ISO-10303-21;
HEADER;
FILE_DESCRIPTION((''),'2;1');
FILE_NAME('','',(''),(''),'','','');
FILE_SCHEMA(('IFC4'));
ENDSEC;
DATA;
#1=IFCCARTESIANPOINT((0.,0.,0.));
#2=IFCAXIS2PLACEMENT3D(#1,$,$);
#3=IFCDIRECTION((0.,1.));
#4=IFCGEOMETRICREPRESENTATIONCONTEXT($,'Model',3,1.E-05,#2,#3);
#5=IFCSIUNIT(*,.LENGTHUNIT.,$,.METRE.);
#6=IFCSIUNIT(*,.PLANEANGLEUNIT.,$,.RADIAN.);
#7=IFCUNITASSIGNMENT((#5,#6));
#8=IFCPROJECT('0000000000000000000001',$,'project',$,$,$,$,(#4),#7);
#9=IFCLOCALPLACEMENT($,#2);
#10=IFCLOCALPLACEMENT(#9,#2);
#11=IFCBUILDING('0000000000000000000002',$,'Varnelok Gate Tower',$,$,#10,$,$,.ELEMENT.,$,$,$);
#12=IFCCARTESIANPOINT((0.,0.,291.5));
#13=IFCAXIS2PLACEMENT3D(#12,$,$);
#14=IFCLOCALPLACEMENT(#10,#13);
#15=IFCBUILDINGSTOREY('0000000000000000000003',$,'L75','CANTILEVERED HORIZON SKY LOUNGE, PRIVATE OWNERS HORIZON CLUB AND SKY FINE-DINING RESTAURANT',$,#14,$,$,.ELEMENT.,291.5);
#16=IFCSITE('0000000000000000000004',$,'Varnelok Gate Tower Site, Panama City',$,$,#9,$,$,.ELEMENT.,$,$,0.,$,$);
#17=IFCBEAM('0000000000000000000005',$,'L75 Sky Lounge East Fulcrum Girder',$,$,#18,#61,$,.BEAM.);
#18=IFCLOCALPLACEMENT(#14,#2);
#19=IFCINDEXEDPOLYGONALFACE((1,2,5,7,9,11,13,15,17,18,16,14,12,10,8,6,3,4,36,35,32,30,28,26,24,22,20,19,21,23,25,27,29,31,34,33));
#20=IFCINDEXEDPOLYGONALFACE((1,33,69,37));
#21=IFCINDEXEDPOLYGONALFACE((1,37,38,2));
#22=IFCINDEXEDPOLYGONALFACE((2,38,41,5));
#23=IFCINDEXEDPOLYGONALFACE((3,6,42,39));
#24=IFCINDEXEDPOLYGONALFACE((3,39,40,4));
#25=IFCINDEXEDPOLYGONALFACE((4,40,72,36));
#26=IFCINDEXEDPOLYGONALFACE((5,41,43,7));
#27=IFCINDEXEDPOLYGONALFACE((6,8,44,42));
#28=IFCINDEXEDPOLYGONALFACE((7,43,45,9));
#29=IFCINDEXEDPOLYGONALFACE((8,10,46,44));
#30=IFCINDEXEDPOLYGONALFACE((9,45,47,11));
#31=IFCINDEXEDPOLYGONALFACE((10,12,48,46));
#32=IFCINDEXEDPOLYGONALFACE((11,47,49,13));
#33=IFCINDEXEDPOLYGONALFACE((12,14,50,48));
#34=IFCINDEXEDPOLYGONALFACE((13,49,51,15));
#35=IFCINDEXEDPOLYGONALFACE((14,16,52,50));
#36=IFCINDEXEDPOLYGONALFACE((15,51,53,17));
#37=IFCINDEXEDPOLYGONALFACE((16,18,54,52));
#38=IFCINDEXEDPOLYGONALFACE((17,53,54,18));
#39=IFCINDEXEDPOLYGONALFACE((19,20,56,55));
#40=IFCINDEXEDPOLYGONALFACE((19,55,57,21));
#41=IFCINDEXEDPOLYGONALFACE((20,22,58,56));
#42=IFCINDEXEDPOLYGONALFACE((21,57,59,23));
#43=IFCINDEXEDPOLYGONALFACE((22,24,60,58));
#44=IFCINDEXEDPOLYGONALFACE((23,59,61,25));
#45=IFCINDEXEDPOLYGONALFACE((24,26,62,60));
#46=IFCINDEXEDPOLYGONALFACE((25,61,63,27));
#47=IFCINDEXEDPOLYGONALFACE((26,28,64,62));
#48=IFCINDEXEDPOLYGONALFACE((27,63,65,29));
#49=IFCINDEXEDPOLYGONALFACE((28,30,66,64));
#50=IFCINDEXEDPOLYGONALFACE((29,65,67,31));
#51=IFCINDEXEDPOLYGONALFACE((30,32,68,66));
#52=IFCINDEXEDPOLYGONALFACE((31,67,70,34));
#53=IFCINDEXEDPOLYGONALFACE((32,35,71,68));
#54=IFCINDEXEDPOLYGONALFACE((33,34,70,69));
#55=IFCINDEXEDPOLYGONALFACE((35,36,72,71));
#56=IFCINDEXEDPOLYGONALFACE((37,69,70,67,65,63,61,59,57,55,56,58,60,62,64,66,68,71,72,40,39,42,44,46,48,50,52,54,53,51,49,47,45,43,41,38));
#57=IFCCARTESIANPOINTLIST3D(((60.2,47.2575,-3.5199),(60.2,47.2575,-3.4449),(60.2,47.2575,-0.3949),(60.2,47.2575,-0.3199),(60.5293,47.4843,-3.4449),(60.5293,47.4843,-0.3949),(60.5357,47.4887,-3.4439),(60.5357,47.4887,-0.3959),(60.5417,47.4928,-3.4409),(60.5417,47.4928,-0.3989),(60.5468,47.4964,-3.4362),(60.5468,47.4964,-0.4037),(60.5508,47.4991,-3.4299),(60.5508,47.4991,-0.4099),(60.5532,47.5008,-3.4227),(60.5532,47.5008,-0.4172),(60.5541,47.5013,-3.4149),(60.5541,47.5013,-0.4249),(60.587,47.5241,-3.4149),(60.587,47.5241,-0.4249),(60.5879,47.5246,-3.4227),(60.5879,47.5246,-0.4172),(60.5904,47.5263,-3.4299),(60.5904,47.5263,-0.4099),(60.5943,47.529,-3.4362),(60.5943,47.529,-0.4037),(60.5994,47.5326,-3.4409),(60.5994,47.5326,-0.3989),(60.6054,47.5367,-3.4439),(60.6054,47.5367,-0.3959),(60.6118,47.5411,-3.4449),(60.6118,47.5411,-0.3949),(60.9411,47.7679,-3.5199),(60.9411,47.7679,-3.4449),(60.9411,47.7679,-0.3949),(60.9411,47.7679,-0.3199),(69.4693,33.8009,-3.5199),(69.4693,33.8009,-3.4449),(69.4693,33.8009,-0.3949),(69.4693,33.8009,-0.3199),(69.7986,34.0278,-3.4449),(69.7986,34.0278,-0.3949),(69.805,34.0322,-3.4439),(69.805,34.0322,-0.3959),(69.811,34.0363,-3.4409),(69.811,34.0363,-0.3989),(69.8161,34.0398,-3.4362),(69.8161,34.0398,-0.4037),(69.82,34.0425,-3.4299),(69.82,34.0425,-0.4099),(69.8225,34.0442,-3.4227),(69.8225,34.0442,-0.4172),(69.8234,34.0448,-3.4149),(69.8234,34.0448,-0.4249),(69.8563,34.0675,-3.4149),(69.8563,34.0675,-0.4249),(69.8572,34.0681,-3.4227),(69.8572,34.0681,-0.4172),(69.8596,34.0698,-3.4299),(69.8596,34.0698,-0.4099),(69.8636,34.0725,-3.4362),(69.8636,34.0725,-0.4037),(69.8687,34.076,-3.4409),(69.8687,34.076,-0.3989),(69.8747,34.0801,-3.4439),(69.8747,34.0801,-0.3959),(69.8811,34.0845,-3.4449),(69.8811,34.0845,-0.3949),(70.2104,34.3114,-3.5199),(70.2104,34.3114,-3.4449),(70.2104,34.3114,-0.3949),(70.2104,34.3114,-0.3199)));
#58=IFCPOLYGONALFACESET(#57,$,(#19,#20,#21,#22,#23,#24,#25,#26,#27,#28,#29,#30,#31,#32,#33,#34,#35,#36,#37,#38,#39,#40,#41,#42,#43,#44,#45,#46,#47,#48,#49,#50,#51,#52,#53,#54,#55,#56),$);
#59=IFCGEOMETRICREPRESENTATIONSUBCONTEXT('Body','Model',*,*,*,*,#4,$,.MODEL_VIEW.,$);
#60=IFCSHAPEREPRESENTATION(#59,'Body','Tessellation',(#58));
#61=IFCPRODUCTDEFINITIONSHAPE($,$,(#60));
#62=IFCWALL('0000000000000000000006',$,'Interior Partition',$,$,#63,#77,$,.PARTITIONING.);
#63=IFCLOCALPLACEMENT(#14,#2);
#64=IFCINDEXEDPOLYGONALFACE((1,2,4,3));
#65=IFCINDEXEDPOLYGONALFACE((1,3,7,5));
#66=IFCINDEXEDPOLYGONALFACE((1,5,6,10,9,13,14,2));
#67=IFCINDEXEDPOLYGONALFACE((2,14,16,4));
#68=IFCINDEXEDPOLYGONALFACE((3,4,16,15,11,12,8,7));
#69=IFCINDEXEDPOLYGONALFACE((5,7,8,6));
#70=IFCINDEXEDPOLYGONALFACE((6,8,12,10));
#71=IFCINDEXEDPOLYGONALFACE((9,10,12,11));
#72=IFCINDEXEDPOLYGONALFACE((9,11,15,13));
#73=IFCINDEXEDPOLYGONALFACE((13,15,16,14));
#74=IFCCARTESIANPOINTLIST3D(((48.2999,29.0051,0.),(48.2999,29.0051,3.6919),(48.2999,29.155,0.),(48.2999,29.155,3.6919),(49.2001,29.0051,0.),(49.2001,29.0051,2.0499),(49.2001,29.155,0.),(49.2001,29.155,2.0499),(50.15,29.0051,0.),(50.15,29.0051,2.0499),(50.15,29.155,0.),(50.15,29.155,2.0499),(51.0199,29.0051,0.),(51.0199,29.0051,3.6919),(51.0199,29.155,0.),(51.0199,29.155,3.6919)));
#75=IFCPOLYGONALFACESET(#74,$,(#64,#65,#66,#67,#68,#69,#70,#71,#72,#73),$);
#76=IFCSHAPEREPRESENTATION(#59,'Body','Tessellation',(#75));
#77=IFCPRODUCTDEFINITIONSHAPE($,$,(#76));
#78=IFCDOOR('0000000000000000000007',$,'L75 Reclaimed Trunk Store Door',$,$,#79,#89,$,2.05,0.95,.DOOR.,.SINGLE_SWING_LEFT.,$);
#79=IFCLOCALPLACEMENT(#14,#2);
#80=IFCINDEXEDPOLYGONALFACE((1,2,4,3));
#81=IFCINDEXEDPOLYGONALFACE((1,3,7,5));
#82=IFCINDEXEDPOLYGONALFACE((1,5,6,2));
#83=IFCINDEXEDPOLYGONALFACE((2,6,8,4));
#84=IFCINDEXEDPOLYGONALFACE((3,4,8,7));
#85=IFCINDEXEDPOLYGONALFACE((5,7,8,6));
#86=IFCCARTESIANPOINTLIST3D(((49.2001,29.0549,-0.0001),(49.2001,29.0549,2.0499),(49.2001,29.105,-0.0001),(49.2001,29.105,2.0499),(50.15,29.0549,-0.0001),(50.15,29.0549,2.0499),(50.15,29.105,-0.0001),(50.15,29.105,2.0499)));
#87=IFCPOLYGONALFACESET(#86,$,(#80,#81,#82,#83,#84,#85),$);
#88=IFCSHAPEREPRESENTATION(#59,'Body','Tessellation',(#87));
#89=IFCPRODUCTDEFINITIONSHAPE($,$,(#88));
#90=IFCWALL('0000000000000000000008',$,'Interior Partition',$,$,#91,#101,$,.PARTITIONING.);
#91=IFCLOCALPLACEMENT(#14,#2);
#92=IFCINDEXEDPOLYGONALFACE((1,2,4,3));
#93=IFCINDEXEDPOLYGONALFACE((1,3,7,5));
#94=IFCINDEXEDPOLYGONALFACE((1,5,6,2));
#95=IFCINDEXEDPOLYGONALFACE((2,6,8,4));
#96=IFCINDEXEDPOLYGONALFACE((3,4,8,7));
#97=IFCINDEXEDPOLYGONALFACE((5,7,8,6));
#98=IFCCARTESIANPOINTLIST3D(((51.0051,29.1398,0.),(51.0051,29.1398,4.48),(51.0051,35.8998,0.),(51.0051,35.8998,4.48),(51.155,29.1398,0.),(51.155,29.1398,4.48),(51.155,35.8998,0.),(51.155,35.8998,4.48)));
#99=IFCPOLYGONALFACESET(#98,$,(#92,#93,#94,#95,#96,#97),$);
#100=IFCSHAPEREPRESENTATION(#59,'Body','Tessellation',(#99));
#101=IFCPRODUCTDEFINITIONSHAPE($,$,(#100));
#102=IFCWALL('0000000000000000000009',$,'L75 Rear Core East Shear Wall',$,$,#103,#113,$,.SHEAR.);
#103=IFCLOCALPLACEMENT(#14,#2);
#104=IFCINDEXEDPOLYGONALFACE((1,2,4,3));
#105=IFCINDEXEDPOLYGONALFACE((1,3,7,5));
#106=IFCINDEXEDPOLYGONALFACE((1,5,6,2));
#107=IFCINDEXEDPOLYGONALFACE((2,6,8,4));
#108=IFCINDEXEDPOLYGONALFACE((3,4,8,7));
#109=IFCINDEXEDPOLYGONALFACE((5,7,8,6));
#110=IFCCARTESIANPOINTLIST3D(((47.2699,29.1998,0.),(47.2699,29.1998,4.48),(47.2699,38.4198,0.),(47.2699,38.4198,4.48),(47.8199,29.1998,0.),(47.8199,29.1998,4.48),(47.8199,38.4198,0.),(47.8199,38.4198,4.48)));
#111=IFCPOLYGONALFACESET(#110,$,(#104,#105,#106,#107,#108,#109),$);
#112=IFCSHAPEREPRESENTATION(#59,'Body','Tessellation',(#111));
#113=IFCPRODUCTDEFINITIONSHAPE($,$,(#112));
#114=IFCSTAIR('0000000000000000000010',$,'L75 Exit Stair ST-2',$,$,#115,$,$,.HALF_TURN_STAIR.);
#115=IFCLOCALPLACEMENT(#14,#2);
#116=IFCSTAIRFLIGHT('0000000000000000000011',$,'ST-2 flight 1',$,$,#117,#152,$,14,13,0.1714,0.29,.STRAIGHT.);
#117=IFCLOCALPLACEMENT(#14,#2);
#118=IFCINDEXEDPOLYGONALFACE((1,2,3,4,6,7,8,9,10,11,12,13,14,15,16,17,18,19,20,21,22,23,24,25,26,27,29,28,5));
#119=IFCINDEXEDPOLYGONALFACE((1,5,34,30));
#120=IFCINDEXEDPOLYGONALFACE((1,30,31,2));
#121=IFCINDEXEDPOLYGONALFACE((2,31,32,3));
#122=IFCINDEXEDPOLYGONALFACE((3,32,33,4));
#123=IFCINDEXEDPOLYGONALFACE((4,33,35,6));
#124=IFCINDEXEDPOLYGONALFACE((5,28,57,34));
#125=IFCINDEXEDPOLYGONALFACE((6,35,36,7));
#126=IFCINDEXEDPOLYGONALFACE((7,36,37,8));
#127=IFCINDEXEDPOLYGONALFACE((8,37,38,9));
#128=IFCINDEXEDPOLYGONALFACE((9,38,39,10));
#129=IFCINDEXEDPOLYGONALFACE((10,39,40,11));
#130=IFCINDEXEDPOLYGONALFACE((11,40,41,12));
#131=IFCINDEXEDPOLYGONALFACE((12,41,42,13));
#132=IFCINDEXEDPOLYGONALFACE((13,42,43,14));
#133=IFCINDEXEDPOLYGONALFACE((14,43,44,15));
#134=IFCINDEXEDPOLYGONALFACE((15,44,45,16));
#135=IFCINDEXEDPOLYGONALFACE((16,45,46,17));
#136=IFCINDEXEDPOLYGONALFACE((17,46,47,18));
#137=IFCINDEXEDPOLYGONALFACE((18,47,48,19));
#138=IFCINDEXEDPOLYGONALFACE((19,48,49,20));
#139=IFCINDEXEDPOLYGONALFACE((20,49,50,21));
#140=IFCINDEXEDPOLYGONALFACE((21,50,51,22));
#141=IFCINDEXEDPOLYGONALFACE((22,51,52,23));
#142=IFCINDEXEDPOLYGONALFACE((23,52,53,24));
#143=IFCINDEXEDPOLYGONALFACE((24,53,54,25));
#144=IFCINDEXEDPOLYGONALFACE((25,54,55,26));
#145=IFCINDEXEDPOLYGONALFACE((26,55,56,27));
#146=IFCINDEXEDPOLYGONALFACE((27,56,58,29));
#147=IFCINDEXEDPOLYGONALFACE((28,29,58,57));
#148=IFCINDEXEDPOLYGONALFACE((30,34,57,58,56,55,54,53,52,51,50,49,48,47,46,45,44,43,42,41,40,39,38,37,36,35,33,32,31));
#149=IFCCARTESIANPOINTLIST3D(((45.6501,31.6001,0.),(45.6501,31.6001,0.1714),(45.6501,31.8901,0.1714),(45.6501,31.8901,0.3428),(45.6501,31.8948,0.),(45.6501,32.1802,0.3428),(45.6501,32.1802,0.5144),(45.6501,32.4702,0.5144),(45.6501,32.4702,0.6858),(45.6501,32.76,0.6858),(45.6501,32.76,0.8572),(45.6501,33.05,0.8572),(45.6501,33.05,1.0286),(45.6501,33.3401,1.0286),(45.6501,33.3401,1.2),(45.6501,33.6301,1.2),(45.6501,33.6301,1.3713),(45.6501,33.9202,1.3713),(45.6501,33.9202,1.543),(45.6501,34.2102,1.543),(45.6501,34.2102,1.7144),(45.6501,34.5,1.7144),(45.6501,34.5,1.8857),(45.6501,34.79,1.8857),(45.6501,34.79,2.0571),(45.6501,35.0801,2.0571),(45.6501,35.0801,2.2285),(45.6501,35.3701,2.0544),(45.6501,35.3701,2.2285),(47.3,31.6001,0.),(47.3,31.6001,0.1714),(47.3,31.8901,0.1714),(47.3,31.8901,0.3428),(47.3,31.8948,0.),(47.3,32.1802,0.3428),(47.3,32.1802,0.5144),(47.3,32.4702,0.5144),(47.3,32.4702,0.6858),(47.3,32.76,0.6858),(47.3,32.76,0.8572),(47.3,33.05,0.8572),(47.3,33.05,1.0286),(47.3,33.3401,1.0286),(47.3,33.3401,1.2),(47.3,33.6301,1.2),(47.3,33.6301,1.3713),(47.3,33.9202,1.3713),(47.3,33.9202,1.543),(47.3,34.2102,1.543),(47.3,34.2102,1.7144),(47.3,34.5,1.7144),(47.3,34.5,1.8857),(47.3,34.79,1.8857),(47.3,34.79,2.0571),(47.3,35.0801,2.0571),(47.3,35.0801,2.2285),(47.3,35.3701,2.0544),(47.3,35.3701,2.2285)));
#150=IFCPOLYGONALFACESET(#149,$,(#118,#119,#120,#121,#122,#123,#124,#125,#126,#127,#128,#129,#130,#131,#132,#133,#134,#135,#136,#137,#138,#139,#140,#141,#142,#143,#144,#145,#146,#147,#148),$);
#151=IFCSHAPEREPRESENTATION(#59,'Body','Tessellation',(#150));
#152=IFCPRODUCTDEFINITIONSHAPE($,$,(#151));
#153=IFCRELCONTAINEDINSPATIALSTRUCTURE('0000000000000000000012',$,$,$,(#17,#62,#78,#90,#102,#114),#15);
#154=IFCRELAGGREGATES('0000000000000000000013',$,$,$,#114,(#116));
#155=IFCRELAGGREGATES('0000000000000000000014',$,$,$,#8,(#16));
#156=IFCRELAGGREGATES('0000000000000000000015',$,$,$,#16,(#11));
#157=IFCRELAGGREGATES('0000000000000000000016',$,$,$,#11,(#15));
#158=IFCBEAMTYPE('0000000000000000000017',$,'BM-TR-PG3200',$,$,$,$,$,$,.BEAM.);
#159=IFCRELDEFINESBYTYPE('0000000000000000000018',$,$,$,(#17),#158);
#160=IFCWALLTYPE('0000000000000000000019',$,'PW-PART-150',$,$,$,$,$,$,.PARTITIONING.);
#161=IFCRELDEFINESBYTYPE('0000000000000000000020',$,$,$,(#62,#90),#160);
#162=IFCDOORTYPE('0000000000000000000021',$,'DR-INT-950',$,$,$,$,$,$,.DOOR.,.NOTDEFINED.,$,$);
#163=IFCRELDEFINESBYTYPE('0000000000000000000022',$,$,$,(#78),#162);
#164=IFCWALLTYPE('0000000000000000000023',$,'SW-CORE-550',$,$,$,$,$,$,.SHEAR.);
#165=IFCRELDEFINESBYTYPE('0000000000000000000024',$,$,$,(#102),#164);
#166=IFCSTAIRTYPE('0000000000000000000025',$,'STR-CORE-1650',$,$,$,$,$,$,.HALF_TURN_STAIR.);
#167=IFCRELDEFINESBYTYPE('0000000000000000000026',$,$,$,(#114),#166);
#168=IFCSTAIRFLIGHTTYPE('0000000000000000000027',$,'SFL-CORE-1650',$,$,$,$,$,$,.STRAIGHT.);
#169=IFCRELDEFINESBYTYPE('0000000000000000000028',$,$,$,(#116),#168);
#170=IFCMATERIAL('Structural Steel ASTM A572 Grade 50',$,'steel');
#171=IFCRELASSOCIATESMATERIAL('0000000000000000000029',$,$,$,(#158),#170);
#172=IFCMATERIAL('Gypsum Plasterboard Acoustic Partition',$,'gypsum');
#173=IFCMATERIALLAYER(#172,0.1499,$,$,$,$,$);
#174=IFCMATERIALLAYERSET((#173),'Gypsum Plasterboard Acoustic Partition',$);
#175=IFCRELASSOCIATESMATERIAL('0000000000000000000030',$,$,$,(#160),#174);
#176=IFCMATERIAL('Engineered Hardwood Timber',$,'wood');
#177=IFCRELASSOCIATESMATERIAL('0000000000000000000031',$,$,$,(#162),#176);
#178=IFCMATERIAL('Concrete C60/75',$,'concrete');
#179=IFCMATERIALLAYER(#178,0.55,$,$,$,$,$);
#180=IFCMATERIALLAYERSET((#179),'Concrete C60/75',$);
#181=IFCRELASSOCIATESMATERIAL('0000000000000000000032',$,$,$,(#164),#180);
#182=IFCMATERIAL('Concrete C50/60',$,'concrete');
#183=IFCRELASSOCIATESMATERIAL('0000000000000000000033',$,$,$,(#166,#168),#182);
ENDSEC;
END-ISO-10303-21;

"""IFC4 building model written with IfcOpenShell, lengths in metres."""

from ifc_helpers import new_model, si_unit, direction, frame, frame_2d, origin, origin_2d, place, context, subcontext, project, spatial, polyline, rectangle, i_section, outline, extrude, material, layer, layer_set, material_profile, profile_set, type_object, element, fill, aggregate, save


model = new_model("IFC4")

# Units and contexts
model_context = context("Model", 3, precision=1e-05, world=origin(), true_north=direction((0.0, 1.0)))
body_context = subcontext(model_context, "Body", "Model", "MODEL_VIEW")
ifc_project = project(units=[si_unit("LENGTHUNIT", "METRE"), si_unit("PLANEANGLEUNIT", "RADIAN")], contexts=[model_context])

# Site, building, storey
site_placement = place(None, origin())
site = spatial("IfcSite", under=ifc_project, at=site_placement, Name="Varnelok Gate Tower Site, Panama City", CompositionType="ELEMENT", RefElevation=0.0)
building_placement = place(site_placement, origin())
building = spatial("IfcBuilding", under=site, at=building_placement, Name="Varnelok Gate Tower", CompositionType="ELEMENT")
storey_placement = place(building_placement, frame((0.0, 0.0, 291.5)))
storey = spatial("IfcBuildingStorey", under=building, at=storey_placement, Name="L75", Description="CANTILEVERED HORIZON SKY LOUNGE, PRIVATE OWNERS HORIZON CLUB AND SKY FINE-DINING RESTAURANT", CompositionType="ELEMENT", Elevation=291.5)

# Shared definitions
ifc_material_1 = material(Name="Concrete C50/60", Category="concrete")

# Beam
ifc_material_2 = material(Name="Structural Steel ASTM A572 Grade 50", Category="steel")
ifc_material_profile_1 = material_profile(ifc_material_2, i_section(OverallWidth=0.8999, OverallDepth=3.2, WebThickness=0.04, FlangeThickness=0.075, FilletRadius=0.03, at=origin_2d()), Name="PG3200X900")
ifc_profile_set_1 = profile_set([ifc_material_profile_1], Name="Structural Steel ASTM A572 Grade 50")
beam_type_1 = type_object("IfcBeamType", Name="BM-TR-PG3200", PredefinedType="BEAM", material=ifc_profile_set_1)
beam_1_placement = place(storey_placement, frame((69.8398, 34.0562, -1.9199), z_axis=(-0.567273, 0.82353, 0.0), x_axis=(-0.82353, -0.567273, 0.0)))
element("IfcBeam", 1, at=beam_1_placement, inside=storey, type_object=beam_type_1, Name="L75 Sky Lounge East Fulcrum Girder", PredefinedType="BEAM", context=body_context, shape_type="SweptSolid", body=[
    extrude(i_section(OverallWidth=0.8999, OverallDepth=3.2, WebThickness=0.04, FlangeThickness=0.075, FilletRadius=0.03, at=origin_2d()), origin(), (0.0, 0.0, 1.0), 16.3401),
])

# Wall, opening, door
ifc_material_3 = material(Name="Gypsum Plasterboard Acoustic Partition", Category="gypsum")
ifc_layer_1 = layer(ifc_material_3, 0.1499)
ifc_layer_set_1 = layer_set([ifc_layer_1], Name="Gypsum Plasterboard Acoustic Partition")
wall_type_1 = type_object("IfcWallType", Name="PW-PART-150", PredefinedType="PARTITIONING", material=ifc_layer_set_1)
wall_1_placement = place(storey_placement, frame((48.3, 29.0801, 0.0), z_axis=(0.0, 0.0, 1.0), x_axis=(1.0, 0.0, 0.0)))
wall_1 = element("IfcWall", 2, at=wall_1_placement, inside=storey, type_object=wall_type_1, Name="Interior Partition", PredefinedType="PARTITIONING", context=body_context, shape_type="SweptSolid", body=[
    extrude(rectangle(XDim=2.72, YDim=0.1499, at=frame_2d((1.3599, 0.0))), origin(), (0.0, 0.0, 1.0), 3.6919),
])
opening_placement = place(wall_1_placement, frame((0.8999, 0.0, 0.0)))
opening = element("IfcOpeningElement", 3, at=opening_placement, cuts=wall_1, PredefinedType="OPENING", context=body_context, shape_type="SweptSolid", body=[
    extrude(rectangle(XDim=0.95, YDim=2.05, at=frame_2d((0.4751, 1.0249))), frame((0.0, 0.085, 0.0), z_axis=(0.0, -1.0, 0.0), x_axis=(1.0, 0.0, 0.0)), (0.0, 0.0, 1.0), 0.1699),
])
ifc_material_4 = material(Name="Engineered Hardwood Timber", Category="wood")
door_type = type_object("IfcDoorType", Name="DR-INT-950", OperationType="NOTDEFINED", PredefinedType="DOOR", material=ifc_material_4)
door_placement = place(opening_placement, origin())
door = element("IfcDoor", 4, at=door_placement, inside=storey, type_object=door_type, Name="L75 Reclaimed Trunk Store Door", OperationType="SINGLE_SWING_LEFT", OverallHeight=2.05, OverallWidth=0.95, PredefinedType="DOOR", context=body_context, shape_type="SweptSolid", body=[
    extrude(rectangle(XDim=0.95, YDim=2.05, at=frame_2d((0.4751, 1.0249))), frame((0.0, 0.0249, 0.0), z_axis=(0.0, -1.0, 0.0), x_axis=(1.0, 0.0, 0.0)), (0.0, 0.0, 1.0), 0.05),
])
fill(opening, door)

# Walls
wall_2_placement = place(storey_placement, frame((51.0801, 29.1399, 0.0), z_axis=(0.0, 0.0, 1.0), x_axis=(0.0, 1.0, 0.0)))
element("IfcWall", 5, at=wall_2_placement, inside=storey, type_object=wall_type_1, Name="Interior Partition", PredefinedType="PARTITIONING", context=body_context, shape_type="SweptSolid", body=[
    extrude(rectangle(XDim=6.76, YDim=0.1499, at=frame_2d((3.3799, 0.0))), origin(), (0.0, 0.0, 1.0), 4.48),
])
ifc_material_5 = material(Name="Concrete C60/75", Category="concrete")
ifc_layer_2 = layer(ifc_material_5, 0.55)
ifc_layer_set_2 = layer_set([ifc_layer_2], Name="Concrete C60/75")
wall_type_2 = type_object("IfcWallType", Name="SW-CORE-550", PredefinedType="SHEAR", material=ifc_layer_set_2)
wall_3_placement = place(storey_placement, frame((47.5449, 29.2, 0.0), z_axis=(0.0, 0.0, 1.0), x_axis=(0.0, 1.0, 0.0)))
element("IfcWall", 6, at=wall_3_placement, inside=storey, type_object=wall_type_2, Name="L75 Rear Core East Shear Wall", PredefinedType="SHEAR", context=body_context, shape_type="SweptSolid", body=[
    extrude(rectangle(XDim=9.22, YDim=0.55, at=frame_2d((4.6099, 0.0))), origin(), (0.0, 0.0, 1.0), 4.48),
])

# Stair, stair flight
stair_type = type_object("IfcStairType", Name="STR-CORE-1650", PredefinedType="HALF_TURN_STAIR", material=ifc_material_1)
stair_placement = place(storey_placement, origin())
stair = element("IfcStair", 7, at=stair_placement, inside=storey, type_object=stair_type, Name="L75 Exit Stair ST-2", PredefinedType="HALF_TURN_STAIR")
stair_flight_type = type_object("IfcStairFlightType", Name="SFL-CORE-1650", PredefinedType="STRAIGHT", material=ifc_material_1)
stair_flight_placement = place(storey_placement, frame((46.4751, 31.6001, 0.0), z_axis=(0.0, 0.0, 1.0), x_axis=(0.0, 1.0, 0.0)))
stair_flight = element("IfcStairFlight", 8, at=stair_flight_placement, type_object=stair_flight_type, Name="ST-2 flight 1", NumberOfRisers=14, NumberOfTreads=13, PredefinedType="STRAIGHT", RiserHeight=0.1714, TreadLength=0.29, context=body_context, shape_type="SweptSolid", body=[
    extrude(outline(polyline([(0.0, 0.0), (0.0, 0.1714), (0.29, 0.1714), (0.29, 0.3428), (0.5801, 0.3428), (0.5801, 0.5144), (0.8701, 0.5144), (0.8701, 0.6858), (1.1599, 0.6858), (1.1599, 0.8572), (1.45, 0.8572), (1.45, 1.0286), (1.74, 1.0286), (1.74, 1.2), (2.03, 1.2), (2.03, 1.3713), (2.3201, 1.3713), (2.3201, 1.543), (2.6101, 1.543), (2.6101, 1.7144), (2.8999, 1.7144), (2.8999, 1.8857), (3.1899, 1.8857), (3.1899, 2.0571), (3.48, 2.0571), (3.48, 2.2285), (3.77, 2.2285), (3.77, 2.3999), (3.77, 2.0544), (0.2947, 0.0), (0.0, 0.0)])), frame((0.0, 0.825, 0.0), z_axis=(0.0, -1.0, 0.0), x_axis=(1.0, 0.0, 0.0)), (0.0, 0.0, 1.0), 1.6499),
])
aggregate(stair, [stair_flight])

save(model, "model.ifc")
